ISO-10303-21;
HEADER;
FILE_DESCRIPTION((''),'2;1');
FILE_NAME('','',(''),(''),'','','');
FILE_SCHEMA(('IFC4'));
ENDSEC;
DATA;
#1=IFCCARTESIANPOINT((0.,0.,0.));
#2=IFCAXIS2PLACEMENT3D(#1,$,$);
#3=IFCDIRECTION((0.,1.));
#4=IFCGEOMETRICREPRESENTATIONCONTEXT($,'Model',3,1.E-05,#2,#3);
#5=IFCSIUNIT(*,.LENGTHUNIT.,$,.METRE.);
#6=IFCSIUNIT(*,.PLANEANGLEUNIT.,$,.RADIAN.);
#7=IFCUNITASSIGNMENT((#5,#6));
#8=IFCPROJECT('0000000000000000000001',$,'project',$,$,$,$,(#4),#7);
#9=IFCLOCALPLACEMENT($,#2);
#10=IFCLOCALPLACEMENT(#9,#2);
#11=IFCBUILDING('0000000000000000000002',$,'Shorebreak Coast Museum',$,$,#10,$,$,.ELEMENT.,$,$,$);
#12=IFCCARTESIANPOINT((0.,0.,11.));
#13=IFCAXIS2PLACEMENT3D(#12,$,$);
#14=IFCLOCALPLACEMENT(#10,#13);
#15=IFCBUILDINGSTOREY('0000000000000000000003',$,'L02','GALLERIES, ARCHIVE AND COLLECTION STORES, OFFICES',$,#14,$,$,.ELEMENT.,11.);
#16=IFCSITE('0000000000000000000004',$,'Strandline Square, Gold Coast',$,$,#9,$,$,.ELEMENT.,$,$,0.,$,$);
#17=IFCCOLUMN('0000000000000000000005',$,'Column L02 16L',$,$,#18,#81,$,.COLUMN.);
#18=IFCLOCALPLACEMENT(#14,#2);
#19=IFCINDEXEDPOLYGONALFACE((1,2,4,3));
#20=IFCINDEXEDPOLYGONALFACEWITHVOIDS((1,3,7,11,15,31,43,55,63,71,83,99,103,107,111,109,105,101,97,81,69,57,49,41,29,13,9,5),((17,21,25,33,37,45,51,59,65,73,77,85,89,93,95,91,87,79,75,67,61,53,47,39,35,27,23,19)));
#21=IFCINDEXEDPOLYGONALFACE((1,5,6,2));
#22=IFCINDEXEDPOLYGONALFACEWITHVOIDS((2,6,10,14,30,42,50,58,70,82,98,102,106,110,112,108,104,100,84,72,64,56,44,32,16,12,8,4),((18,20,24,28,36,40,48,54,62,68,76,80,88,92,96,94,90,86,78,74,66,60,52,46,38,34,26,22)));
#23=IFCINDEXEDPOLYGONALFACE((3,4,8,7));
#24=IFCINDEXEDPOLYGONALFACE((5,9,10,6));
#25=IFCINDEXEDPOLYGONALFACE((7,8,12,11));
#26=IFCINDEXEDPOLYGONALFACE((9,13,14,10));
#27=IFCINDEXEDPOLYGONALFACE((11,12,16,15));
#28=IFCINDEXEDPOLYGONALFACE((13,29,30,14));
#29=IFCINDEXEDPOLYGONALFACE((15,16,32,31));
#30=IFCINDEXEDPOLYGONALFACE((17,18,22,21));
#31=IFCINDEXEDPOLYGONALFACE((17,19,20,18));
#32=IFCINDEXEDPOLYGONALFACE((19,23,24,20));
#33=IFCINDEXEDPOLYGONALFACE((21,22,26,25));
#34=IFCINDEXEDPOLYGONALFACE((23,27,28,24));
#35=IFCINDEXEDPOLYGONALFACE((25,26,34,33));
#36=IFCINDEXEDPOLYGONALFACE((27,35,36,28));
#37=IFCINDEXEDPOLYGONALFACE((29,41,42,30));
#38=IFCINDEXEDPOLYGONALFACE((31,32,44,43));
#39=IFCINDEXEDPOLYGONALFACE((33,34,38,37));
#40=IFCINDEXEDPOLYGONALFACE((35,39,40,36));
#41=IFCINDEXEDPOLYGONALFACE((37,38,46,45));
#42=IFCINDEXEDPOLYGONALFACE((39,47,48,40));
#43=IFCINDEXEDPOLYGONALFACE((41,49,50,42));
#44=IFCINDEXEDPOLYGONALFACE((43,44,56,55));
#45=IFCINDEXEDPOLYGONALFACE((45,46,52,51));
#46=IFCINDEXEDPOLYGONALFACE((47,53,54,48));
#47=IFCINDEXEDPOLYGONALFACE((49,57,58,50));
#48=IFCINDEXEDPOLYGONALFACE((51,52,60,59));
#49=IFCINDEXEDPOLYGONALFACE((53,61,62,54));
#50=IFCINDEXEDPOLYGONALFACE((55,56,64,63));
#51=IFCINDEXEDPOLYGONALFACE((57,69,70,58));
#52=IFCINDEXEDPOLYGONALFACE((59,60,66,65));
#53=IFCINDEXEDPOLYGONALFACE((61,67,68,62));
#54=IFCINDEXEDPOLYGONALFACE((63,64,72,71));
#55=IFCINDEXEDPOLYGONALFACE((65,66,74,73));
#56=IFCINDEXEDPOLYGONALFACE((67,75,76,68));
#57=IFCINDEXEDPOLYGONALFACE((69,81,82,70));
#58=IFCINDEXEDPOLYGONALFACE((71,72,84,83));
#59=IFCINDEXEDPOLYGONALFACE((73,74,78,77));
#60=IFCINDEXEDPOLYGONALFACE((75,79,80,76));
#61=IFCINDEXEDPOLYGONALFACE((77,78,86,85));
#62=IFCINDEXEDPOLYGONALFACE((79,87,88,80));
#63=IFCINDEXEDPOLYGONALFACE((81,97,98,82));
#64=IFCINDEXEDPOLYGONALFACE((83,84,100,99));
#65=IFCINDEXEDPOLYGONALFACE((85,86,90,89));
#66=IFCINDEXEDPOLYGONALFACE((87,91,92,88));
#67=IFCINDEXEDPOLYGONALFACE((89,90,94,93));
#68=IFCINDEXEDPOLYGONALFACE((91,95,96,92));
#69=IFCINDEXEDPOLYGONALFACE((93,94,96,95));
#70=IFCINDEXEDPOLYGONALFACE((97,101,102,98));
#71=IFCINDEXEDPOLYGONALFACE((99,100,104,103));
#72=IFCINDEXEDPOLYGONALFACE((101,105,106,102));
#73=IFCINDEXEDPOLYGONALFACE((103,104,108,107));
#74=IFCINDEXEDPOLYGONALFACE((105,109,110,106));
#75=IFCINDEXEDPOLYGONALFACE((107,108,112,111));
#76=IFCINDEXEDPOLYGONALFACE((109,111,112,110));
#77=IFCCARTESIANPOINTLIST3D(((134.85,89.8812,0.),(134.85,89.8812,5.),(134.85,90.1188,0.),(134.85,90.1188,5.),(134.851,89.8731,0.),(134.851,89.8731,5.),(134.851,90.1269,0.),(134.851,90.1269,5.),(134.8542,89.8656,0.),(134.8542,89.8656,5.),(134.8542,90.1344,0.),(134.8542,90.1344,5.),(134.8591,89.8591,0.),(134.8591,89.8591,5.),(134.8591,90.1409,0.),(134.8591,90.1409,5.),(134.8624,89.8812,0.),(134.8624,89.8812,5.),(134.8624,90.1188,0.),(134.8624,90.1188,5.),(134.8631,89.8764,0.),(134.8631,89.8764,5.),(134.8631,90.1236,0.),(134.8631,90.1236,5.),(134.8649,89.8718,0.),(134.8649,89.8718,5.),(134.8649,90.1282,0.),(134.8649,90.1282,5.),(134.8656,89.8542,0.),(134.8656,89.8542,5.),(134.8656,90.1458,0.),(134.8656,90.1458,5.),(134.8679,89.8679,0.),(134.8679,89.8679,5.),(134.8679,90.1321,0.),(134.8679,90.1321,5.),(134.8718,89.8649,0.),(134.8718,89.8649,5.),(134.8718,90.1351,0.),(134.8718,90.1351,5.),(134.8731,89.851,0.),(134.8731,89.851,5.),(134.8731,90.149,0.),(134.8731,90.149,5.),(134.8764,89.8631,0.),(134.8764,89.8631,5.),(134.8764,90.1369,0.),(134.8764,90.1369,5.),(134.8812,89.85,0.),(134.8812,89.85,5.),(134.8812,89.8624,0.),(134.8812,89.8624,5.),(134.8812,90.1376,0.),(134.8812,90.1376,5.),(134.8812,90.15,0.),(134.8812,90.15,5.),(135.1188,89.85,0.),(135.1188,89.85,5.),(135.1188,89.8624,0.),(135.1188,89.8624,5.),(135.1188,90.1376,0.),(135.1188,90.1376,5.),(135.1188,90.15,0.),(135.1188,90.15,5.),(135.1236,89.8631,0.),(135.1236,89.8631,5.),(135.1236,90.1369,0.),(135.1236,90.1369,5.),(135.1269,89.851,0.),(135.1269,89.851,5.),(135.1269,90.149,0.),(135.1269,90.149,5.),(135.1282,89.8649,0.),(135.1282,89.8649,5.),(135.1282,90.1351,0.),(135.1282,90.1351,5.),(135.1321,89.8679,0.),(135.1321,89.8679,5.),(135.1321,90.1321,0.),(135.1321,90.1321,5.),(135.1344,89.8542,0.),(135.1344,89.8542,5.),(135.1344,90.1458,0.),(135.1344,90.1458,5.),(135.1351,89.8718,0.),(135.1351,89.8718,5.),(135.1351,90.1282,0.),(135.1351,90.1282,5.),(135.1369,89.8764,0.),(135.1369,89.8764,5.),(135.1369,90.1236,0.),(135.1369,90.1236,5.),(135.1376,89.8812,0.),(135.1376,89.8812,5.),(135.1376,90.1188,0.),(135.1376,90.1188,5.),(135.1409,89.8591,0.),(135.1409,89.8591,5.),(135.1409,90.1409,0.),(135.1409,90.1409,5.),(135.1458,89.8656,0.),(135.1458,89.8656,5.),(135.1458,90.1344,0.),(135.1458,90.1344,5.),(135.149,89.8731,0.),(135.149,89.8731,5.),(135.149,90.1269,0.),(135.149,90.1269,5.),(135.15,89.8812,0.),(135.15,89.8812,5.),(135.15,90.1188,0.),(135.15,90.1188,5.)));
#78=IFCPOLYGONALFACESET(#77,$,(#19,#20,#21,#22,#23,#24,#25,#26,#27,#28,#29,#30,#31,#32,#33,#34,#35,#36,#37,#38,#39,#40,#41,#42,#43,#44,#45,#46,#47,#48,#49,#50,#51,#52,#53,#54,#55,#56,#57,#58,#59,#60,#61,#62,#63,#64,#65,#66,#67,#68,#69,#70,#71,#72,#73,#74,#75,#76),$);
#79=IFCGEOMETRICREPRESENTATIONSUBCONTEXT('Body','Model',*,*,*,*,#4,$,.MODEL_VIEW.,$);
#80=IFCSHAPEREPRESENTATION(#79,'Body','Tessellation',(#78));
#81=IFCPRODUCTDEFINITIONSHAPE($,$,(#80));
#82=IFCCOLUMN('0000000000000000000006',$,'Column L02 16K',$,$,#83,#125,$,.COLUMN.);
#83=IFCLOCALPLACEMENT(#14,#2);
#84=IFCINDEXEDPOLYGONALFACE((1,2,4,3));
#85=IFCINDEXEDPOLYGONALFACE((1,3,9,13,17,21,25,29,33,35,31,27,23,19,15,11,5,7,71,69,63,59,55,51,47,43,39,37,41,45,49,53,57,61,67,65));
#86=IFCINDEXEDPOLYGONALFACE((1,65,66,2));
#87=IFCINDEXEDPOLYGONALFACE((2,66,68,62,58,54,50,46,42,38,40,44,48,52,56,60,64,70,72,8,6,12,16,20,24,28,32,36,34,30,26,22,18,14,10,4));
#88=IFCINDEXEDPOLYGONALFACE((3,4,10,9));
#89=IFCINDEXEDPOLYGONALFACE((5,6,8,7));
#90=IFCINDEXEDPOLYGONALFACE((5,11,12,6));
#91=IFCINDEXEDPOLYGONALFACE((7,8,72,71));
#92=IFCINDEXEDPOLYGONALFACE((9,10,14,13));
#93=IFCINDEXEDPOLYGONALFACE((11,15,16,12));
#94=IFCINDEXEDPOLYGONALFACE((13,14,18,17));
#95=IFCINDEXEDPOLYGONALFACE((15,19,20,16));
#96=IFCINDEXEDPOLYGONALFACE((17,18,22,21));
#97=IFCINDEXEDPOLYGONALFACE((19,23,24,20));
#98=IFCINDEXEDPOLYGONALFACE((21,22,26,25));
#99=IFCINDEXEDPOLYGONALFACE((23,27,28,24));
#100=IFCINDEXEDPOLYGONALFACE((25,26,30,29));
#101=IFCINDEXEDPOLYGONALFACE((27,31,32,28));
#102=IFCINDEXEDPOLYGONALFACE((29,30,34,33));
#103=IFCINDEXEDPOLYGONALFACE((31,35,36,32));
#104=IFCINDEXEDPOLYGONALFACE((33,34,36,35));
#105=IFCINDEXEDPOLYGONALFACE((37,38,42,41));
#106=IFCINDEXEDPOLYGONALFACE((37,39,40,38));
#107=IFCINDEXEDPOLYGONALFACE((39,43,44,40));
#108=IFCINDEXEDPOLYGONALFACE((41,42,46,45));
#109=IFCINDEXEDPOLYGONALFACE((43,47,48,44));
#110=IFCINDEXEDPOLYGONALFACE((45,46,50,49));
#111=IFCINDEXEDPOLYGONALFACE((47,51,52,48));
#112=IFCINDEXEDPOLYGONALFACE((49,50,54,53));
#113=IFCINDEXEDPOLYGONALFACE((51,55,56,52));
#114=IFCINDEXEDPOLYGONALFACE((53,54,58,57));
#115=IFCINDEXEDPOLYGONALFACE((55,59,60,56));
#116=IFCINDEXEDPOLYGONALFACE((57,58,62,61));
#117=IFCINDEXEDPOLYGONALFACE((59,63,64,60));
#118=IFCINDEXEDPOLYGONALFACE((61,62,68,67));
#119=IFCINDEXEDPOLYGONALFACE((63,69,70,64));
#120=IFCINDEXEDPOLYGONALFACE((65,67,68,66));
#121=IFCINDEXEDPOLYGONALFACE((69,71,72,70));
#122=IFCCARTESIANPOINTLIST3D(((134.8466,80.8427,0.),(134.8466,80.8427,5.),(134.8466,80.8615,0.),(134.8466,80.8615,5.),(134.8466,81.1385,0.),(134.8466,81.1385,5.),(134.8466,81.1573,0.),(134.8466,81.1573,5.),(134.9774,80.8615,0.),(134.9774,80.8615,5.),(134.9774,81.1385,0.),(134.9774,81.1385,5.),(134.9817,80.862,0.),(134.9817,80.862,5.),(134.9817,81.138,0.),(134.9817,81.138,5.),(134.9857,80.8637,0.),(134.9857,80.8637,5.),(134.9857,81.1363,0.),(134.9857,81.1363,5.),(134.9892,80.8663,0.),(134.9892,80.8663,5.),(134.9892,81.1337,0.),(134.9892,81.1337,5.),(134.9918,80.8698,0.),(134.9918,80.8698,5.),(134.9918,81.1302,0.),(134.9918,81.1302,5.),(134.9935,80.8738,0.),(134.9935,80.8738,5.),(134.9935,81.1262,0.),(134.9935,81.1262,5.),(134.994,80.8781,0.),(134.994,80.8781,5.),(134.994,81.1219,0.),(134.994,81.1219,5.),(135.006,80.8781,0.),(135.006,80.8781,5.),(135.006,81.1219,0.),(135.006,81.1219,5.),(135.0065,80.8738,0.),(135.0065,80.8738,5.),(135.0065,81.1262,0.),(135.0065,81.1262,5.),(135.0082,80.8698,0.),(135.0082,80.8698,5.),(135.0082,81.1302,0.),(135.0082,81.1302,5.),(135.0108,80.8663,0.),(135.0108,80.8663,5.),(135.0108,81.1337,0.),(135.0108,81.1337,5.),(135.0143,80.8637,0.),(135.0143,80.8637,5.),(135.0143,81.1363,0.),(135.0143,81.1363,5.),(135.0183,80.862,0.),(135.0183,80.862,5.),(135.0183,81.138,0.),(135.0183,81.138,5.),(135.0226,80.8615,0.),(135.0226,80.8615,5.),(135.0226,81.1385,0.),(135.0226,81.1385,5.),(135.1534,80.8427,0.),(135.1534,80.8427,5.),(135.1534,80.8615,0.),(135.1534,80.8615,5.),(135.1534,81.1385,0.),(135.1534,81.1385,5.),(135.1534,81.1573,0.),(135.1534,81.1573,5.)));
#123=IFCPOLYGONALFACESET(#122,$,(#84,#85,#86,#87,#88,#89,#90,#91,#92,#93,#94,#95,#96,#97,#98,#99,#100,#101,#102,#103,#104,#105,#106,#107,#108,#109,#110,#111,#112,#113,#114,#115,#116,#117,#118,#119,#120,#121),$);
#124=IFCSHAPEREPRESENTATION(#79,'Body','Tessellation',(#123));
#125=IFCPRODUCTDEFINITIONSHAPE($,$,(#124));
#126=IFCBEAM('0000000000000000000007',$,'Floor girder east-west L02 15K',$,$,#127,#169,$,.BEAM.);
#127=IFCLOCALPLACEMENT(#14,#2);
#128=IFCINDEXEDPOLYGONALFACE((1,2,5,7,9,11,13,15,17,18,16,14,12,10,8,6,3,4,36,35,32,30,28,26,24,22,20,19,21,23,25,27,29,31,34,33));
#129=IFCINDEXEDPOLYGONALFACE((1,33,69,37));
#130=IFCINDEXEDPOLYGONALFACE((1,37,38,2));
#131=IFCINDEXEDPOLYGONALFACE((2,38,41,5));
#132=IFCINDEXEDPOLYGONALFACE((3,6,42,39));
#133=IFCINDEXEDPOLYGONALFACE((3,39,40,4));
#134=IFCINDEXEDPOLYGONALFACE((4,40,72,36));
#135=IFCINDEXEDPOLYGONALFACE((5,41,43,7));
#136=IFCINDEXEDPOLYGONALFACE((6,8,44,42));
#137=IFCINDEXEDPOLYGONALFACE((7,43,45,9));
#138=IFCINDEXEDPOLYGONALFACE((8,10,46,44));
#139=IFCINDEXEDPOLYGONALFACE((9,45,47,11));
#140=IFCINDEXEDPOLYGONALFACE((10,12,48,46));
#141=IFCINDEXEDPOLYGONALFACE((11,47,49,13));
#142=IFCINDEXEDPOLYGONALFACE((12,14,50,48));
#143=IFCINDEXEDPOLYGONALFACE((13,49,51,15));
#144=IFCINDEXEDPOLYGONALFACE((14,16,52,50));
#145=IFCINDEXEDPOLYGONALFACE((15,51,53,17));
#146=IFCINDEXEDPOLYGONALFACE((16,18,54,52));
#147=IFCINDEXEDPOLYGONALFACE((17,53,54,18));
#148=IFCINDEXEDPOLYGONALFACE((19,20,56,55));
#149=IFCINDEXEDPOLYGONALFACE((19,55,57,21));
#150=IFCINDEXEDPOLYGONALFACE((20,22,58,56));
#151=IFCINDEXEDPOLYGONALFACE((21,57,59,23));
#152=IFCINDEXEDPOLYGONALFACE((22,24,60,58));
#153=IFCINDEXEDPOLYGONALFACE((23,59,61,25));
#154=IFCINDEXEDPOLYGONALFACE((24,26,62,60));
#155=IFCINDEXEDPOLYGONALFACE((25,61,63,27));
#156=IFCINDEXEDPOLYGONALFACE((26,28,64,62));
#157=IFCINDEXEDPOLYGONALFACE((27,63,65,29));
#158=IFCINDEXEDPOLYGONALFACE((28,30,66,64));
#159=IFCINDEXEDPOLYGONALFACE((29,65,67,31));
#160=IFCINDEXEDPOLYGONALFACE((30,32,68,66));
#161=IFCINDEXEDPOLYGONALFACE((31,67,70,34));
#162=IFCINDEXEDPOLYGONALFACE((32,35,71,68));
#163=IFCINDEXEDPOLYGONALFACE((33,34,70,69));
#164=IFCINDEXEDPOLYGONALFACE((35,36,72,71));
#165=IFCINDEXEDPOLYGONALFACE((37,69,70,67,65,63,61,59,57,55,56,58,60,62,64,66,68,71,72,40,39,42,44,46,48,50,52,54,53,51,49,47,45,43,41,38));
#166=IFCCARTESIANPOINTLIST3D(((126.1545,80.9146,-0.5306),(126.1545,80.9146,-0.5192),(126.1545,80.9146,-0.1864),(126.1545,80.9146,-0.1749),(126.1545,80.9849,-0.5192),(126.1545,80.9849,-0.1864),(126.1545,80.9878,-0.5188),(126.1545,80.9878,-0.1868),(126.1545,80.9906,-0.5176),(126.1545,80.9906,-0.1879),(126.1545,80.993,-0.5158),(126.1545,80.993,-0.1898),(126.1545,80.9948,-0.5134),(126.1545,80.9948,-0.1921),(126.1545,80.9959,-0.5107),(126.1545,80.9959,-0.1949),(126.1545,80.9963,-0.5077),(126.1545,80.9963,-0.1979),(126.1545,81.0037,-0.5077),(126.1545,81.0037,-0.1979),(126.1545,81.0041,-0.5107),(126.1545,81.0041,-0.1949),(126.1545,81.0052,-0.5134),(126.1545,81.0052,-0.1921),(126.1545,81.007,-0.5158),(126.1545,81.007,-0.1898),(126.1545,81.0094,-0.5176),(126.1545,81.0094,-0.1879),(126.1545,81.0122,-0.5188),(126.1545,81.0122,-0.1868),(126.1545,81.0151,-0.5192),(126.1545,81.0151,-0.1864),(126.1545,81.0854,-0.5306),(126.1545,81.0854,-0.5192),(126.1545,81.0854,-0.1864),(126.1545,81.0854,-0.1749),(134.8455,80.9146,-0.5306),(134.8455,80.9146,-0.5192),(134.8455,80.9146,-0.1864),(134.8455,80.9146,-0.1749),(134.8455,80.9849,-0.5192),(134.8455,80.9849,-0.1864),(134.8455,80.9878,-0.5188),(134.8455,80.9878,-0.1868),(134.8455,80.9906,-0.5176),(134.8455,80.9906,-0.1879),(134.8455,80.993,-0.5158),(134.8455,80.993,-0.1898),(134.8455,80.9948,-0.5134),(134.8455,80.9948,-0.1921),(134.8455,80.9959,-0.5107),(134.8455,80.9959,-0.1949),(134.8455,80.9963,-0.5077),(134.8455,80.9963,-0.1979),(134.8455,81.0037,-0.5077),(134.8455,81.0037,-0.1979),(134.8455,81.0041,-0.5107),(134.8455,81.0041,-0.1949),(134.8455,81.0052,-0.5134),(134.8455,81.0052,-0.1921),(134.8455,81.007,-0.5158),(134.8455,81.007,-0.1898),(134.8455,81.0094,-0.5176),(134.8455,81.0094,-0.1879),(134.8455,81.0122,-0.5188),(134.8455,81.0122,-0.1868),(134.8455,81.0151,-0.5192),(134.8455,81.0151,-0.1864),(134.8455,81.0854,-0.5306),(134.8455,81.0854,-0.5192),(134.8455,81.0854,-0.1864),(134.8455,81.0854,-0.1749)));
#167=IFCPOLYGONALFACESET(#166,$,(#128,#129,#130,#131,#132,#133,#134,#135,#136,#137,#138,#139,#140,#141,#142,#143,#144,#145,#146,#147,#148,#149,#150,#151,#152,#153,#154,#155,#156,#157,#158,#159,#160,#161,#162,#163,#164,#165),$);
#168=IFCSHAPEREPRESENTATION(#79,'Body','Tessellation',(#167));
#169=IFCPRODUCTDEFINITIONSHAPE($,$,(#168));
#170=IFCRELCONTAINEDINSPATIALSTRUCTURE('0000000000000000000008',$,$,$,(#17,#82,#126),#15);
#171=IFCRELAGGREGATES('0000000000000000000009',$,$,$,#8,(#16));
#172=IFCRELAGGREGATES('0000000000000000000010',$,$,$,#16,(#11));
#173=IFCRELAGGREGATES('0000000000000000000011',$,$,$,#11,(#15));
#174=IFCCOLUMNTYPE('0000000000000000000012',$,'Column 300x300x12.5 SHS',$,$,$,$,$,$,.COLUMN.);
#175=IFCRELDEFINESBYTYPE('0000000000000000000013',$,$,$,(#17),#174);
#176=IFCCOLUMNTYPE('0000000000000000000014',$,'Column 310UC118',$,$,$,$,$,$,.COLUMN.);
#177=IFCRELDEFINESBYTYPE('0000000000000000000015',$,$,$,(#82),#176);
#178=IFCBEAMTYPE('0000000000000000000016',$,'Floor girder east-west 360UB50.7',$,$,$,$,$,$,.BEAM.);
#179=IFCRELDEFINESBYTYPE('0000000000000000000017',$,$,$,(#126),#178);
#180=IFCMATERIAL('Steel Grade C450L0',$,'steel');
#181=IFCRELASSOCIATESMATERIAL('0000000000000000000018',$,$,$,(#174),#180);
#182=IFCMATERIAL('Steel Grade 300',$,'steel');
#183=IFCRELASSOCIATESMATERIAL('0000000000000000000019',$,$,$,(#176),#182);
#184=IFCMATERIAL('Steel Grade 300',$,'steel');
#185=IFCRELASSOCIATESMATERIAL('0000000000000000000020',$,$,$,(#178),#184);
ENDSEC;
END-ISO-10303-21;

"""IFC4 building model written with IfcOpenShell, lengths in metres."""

from ifc_helpers import new_model, si_unit, direction, frame, origin, origin_2d, place, context, subcontext, project, spatial, hollow_rectangle, i_section, extrude, material, material_profile, profile_set, type_object, element, save


model = new_model("IFC4")

# Units and contexts
model_context = context("Model", 3, precision=1e-05, world=origin(), true_north=direction((0.0, 1.0)))
body_context = subcontext(model_context, "Body", "Model", "MODEL_VIEW")
ifc_project = project(units=[si_unit("LENGTHUNIT", "METRE"), si_unit("PLANEANGLEUNIT", "RADIAN")], contexts=[model_context])

# Site, building, storey
site_placement = place(None, origin())
site = spatial("IfcSite", under=ifc_project, at=site_placement, Name="Strandline Square, Gold Coast", CompositionType="ELEMENT", RefElevation=0.0)
building_placement = place(site_placement, origin())
building = spatial("IfcBuilding", under=site, at=building_placement, Name="Shorebreak Coast Museum", CompositionType="ELEMENT")
storey_placement = place(building_placement, frame((0.0, 0.0, 11.0)))
storey = spatial("IfcBuildingStorey", under=building, at=storey_placement, Name="L02", Description="GALLERIES, ARCHIVE AND COLLECTION STORES, OFFICES", CompositionType="ELEMENT", Elevation=11.0)

# Columns
ifc_material_1 = material(Name="Steel Grade C450L0", Category="steel")
ifc_material_profile_1 = material_profile(ifc_material_1, hollow_rectangle(XDim=0.3, YDim=0.3, WallThickness=0.0125, InnerFilletRadius=0.0188, OuterFilletRadius=0.0312, at=origin_2d()), Name="300x300x12.5 SHS")
ifc_profile_set_1 = profile_set([ifc_material_profile_1], Name="Steel Grade C450L0")
column_type_1 = type_object("IfcColumnType", Name="Column 300x300x12.5 SHS", PredefinedType="COLUMN", material=ifc_profile_set_1)
column_1_placement = place(storey_placement, frame((135.0, 90.0, 0.0), z_axis=(0.0, 0.0, 1.0), x_axis=(1.0, 0.0, 0.0)))
element("IfcColumn", 1, at=column_1_placement, inside=storey, type_object=column_type_1, Name="Column L02 16L", PredefinedType="COLUMN", context=body_context, shape_type="SweptSolid", body=[
    extrude(hollow_rectangle(XDim=0.3, YDim=0.3, WallThickness=0.0125, InnerFilletRadius=0.0188, OuterFilletRadius=0.0312, at=origin_2d()), origin(), (0.0, 0.0, 1.0), 5.0),
])
ifc_material_2 = material(Name="Steel Grade 300", Category="steel")
ifc_material_profile_2 = material_profile(ifc_material_2, i_section(OverallWidth=0.3069, OverallDepth=0.3147, WebThickness=0.012, FlangeThickness=0.0188, FilletRadius=0.0166, at=origin_2d()), Name="310UC118")
ifc_profile_set_2 = profile_set([ifc_material_profile_2], Name="Steel Grade 300")
column_type_2 = type_object("IfcColumnType", Name="Column 310UC118", PredefinedType="COLUMN", material=ifc_profile_set_2)
column_2_placement = place(storey_placement, frame((135.0, 81.0, 0.0), z_axis=(0.0, 0.0, 1.0), x_axis=(1.0, 0.0, 0.0)))
element("IfcColumn", 2, at=column_2_placement, inside=storey, type_object=column_type_2, Name="Column L02 16K", PredefinedType="COLUMN", context=body_context, shape_type="SweptSolid", body=[
    extrude(i_section(OverallWidth=0.3069, OverallDepth=0.3147, WebThickness=0.012, FlangeThickness=0.0188, FilletRadius=0.0166, at=origin_2d()), origin(), (0.0, 0.0, 1.0), 5.0),
])

# Beam
ifc_material_3 = material(Name="Steel Grade 300", Category="steel")
ifc_material_profile_3 = material_profile(ifc_material_3, i_section(OverallWidth=0.1709, OverallDepth=0.3557, WebThickness=0.0073, FlangeThickness=0.0115, FilletRadius=0.0115, at=origin_2d()), Name="360UB50.7")
ifc_profile_set_3 = profile_set([ifc_material_profile_3], Name="Steel Grade 300")
beam_type_1 = type_object("IfcBeamType", Name="Floor girder east-west 360UB50.7", PredefinedType="BEAM", material=ifc_profile_set_3)
for number, where, z_axis, x_axis, name in (
    (3, (126.1545, 81.0, -0.3528), (1.0, 0.0, 0.0), (0.0, 1.0, 0.0), "Floor girder east-west L02 15K"),
):
    element("IfcBeam", number, at=place(storey_placement, frame(where, z_axis=z_axis, x_axis=x_axis)), inside=storey, type_object=beam_type_1, Name=name, PredefinedType="BEAM", context=body_context, shape_type="SweptSolid", body=[
        extrude(i_section(OverallWidth=0.1709, OverallDepth=0.3557, WebThickness=0.0073, FlangeThickness=0.0115, FilletRadius=0.0115, at=origin_2d()), origin(), (0.0, 0.0, 1.0), 8.6909),
    ])

save(model, "model.ifc")
